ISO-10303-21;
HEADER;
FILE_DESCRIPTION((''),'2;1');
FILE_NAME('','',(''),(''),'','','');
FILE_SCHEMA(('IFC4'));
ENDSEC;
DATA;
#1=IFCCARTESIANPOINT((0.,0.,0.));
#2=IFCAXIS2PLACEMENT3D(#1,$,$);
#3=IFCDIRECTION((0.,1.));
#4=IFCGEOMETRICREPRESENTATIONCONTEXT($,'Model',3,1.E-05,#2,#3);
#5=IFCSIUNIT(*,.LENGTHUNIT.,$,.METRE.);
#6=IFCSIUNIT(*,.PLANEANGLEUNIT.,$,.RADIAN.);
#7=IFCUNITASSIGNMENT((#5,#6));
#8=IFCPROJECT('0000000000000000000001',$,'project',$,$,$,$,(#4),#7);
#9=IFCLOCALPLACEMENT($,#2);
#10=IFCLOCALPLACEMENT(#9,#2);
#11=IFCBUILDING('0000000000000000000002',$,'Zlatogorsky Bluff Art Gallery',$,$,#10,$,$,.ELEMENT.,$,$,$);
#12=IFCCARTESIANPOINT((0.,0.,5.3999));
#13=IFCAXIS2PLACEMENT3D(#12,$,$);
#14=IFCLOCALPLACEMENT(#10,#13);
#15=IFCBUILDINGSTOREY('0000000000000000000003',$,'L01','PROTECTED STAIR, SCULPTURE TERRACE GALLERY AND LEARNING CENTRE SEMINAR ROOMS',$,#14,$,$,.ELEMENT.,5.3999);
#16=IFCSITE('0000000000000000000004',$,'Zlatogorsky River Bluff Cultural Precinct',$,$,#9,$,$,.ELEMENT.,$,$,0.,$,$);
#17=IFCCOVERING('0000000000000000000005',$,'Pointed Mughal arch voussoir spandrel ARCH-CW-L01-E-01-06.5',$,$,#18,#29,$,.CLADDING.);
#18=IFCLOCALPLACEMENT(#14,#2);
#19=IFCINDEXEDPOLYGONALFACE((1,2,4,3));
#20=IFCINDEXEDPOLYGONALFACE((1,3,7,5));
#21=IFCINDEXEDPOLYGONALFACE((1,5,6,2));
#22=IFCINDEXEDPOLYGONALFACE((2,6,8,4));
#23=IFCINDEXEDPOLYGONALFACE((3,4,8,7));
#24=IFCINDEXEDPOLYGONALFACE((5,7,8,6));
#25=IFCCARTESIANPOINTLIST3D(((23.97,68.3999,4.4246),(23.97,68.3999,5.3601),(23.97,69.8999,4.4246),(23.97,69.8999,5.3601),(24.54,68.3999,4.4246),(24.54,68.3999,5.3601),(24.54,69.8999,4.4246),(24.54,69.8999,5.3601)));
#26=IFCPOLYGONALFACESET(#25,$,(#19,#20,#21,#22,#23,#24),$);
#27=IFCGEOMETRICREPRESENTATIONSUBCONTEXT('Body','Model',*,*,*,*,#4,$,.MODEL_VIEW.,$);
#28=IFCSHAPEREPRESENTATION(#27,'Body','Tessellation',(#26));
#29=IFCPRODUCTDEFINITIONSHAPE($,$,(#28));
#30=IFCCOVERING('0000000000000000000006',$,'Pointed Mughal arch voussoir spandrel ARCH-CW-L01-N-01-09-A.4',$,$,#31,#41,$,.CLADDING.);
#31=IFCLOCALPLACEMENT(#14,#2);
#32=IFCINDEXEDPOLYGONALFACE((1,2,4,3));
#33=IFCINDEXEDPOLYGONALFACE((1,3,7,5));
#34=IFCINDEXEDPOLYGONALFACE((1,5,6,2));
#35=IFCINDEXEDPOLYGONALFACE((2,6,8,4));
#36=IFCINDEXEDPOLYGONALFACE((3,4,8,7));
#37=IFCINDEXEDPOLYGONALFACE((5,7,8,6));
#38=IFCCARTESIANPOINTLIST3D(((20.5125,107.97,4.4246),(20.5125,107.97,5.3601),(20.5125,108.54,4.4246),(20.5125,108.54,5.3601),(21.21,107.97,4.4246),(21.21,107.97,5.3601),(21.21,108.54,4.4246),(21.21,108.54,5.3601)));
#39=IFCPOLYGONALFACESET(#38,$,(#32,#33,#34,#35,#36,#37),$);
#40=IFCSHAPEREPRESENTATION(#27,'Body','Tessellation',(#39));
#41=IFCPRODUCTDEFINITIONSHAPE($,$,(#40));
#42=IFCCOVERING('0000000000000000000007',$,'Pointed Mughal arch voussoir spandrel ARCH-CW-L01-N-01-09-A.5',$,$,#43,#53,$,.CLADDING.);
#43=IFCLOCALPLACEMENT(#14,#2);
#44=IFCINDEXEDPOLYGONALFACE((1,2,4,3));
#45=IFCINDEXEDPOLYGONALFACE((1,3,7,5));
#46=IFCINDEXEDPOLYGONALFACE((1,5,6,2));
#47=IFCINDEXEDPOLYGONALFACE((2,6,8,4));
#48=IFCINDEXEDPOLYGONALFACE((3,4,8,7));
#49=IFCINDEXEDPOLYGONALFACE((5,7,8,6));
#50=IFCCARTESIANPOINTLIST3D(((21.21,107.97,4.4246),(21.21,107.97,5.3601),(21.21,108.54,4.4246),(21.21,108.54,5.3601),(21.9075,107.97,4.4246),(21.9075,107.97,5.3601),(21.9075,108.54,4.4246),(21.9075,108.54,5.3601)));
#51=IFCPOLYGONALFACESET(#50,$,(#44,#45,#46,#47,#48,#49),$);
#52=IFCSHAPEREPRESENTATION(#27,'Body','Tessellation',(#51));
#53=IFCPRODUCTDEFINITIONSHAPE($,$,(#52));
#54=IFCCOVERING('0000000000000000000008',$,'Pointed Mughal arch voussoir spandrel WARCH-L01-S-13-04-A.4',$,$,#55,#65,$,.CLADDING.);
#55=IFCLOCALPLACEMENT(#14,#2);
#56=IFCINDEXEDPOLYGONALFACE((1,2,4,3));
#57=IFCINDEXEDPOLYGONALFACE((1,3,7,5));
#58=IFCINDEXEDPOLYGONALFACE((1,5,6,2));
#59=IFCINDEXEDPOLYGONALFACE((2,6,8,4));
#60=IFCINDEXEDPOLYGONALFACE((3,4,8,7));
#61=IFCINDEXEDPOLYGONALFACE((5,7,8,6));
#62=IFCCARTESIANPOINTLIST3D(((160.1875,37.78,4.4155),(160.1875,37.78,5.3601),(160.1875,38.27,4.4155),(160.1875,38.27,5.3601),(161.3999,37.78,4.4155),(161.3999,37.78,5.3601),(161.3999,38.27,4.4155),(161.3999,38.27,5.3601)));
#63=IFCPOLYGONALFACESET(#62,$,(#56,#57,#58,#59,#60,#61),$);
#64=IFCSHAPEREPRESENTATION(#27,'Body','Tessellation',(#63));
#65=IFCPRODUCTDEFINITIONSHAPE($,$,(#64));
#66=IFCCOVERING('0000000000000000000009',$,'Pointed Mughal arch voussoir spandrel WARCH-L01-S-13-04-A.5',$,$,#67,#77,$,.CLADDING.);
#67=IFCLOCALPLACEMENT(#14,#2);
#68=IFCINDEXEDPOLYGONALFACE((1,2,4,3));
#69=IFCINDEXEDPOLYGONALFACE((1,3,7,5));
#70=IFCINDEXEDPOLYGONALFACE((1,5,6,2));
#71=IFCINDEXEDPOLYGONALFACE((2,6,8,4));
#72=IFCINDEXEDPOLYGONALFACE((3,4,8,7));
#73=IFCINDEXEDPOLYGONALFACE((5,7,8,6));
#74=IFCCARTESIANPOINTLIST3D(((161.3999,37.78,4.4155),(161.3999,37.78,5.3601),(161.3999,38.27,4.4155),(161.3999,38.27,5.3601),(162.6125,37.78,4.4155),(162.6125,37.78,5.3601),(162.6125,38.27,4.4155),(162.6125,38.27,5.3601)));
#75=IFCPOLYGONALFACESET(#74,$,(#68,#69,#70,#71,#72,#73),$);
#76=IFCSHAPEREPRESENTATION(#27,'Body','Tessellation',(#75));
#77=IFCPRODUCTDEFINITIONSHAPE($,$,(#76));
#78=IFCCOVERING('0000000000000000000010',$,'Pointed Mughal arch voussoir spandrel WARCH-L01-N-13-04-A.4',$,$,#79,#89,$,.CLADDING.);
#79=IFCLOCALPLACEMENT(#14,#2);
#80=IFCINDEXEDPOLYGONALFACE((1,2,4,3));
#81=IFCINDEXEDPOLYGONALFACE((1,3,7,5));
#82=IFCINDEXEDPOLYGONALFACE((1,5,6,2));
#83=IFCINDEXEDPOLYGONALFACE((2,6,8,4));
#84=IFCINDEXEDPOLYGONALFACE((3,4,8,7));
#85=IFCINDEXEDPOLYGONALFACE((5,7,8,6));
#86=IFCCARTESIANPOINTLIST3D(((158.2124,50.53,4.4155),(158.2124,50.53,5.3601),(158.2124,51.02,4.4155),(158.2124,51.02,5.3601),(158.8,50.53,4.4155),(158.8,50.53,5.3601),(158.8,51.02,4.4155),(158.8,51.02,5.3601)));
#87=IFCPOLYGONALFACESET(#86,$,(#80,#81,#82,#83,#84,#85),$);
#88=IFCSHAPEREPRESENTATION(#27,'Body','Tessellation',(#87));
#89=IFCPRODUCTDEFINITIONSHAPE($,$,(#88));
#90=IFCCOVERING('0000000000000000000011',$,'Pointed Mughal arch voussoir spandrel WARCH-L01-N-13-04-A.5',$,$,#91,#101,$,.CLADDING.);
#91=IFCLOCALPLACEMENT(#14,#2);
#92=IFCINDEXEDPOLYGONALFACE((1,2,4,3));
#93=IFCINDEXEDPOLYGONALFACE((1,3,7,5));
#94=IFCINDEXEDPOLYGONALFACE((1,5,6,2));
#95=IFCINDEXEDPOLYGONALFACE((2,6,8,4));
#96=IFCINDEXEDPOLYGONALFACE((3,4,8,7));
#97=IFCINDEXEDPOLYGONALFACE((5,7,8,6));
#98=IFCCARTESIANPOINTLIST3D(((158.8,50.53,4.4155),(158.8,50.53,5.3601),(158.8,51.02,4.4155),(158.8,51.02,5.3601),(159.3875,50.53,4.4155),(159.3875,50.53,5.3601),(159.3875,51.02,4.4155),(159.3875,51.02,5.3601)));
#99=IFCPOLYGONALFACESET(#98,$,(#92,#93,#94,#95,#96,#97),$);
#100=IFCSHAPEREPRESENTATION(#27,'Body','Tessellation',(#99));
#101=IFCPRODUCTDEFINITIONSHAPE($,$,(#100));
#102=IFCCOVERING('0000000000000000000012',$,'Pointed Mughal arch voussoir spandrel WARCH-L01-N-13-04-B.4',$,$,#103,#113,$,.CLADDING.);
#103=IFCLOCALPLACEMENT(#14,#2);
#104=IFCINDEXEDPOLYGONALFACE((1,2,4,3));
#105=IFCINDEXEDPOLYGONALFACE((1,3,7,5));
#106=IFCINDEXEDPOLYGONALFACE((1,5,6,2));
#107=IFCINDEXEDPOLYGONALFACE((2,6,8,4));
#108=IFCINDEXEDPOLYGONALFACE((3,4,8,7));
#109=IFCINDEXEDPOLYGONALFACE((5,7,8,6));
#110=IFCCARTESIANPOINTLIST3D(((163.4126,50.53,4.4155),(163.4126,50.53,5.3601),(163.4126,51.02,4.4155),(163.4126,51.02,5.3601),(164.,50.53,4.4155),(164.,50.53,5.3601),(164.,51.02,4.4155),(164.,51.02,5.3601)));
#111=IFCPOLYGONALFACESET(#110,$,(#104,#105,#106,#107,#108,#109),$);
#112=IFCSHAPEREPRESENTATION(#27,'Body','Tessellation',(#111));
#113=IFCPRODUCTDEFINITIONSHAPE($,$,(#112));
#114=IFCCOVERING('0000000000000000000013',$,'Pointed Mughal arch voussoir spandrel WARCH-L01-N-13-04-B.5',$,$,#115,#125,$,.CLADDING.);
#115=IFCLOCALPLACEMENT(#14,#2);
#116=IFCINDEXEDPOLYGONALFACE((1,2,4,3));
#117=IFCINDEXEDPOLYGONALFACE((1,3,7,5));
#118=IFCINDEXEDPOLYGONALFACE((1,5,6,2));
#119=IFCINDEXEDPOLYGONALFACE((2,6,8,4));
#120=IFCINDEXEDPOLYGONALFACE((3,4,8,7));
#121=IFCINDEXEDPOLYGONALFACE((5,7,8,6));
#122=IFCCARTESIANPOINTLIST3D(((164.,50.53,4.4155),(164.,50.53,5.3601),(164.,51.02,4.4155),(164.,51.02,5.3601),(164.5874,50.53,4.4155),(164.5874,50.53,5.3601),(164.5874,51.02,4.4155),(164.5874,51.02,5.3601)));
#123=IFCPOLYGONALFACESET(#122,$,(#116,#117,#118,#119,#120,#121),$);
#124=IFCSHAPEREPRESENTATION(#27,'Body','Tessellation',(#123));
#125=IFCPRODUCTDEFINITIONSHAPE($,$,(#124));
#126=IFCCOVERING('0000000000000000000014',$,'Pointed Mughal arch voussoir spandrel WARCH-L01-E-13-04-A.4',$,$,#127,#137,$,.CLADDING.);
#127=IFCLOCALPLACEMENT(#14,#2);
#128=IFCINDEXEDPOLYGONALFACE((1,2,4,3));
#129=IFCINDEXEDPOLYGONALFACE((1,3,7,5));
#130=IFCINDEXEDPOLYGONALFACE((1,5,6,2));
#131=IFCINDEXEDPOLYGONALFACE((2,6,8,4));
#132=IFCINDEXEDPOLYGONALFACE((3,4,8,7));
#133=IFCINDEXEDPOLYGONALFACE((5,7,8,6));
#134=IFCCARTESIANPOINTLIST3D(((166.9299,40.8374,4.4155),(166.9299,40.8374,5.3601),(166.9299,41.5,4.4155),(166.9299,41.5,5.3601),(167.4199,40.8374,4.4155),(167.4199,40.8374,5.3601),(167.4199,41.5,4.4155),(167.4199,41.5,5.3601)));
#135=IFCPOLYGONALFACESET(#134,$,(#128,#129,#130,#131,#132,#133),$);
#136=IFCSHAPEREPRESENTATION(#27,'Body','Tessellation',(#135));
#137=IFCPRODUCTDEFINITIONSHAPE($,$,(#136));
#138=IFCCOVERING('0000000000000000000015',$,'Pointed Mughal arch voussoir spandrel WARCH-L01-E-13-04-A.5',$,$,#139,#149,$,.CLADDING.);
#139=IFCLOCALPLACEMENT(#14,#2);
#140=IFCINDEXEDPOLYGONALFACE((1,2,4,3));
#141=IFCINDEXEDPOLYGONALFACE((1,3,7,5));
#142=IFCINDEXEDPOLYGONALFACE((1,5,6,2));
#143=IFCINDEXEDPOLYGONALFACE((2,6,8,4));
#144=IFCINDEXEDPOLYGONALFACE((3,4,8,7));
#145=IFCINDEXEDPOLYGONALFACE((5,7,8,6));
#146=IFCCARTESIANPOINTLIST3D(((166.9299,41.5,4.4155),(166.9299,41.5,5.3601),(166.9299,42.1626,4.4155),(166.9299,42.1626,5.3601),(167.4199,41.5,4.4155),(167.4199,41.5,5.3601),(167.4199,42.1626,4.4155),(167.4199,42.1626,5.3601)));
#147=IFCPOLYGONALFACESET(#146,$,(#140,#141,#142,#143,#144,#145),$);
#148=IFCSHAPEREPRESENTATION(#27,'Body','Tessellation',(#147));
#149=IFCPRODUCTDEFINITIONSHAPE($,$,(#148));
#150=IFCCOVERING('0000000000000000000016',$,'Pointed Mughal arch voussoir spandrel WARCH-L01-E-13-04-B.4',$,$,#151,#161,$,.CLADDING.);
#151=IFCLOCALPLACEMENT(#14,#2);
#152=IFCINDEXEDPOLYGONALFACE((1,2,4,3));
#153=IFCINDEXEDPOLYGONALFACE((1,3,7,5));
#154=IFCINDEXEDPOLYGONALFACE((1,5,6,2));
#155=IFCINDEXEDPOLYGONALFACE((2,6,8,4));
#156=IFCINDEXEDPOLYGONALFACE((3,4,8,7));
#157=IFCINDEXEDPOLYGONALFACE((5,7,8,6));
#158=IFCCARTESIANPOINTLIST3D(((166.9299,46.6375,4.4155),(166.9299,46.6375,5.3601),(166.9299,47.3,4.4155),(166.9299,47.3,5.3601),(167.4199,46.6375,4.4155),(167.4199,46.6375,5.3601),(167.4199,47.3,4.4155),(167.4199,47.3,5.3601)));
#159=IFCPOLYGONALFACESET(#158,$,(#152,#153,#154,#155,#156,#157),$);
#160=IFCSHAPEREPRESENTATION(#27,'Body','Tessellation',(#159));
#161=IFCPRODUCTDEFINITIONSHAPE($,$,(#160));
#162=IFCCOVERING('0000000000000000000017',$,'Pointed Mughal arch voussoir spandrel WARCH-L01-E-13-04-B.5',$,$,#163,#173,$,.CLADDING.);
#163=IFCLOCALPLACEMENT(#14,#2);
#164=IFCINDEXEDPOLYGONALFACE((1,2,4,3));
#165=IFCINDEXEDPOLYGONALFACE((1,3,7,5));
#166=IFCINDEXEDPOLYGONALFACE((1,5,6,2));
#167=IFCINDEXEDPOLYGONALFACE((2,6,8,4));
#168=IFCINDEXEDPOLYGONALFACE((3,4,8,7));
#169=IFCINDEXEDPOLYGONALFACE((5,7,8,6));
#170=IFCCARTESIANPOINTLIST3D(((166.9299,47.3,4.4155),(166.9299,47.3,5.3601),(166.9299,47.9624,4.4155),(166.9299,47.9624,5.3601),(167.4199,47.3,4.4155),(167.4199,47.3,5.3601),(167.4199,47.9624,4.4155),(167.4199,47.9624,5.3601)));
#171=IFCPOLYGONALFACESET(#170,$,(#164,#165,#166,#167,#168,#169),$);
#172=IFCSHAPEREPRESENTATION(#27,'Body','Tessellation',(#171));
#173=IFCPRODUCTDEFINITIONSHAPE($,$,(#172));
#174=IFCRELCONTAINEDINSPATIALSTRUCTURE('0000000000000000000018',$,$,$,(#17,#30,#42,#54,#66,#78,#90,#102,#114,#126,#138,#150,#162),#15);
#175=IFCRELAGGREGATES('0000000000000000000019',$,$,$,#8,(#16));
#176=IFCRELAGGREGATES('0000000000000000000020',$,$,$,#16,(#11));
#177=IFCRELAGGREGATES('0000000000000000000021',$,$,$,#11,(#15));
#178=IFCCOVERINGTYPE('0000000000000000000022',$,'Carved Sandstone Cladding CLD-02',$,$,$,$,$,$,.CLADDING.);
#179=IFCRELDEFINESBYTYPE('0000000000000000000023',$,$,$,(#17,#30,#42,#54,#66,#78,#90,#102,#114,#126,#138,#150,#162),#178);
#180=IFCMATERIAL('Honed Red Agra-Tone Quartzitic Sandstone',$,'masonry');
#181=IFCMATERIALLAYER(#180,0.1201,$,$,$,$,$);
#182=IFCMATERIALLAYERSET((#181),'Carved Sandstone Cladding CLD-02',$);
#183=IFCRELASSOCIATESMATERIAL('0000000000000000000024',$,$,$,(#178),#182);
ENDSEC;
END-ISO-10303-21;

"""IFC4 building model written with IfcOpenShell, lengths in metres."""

from ifc_helpers import new_model, si_unit, direction, frame, origin, place, context, subcontext, project, spatial, polyline, outline, extrude, material, layer, layer_set, type_object, element, save


model = new_model("IFC4")

# Units and contexts
model_context = context("Model", 3, precision=1e-05, world=origin(), true_north=direction((0.0, 1.0)))
body_context = subcontext(model_context, "Body", "Model", "MODEL_VIEW")
ifc_project = project(units=[si_unit("LENGTHUNIT", "METRE"), si_unit("PLANEANGLEUNIT", "RADIAN")], contexts=[model_context])

# Site, building, storey
site_placement = place(None, origin())
site = spatial("IfcSite", under=ifc_project, at=site_placement, Name="Zlatogorsky River Bluff Cultural Precinct", CompositionType="ELEMENT", RefElevation=0.0)
building_placement = place(site_placement, origin())
building = spatial("IfcBuilding", under=site, at=building_placement, Name="Zlatogorsky Bluff Art Gallery", CompositionType="ELEMENT")
storey_placement = place(building_placement, frame((0.0, 0.0, 5.3999)))
storey = spatial("IfcBuildingStorey", under=building, at=storey_placement, Name="L01", Description="PROTECTED STAIR, SCULPTURE TERRACE GALLERY AND LEARNING CENTRE SEMINAR ROOMS", CompositionType="ELEMENT", Elevation=5.3999)

# Coverings
ifc_material = material(Name="Honed Red Agra-Tone Quartzitic Sandstone", Category="masonry")
ifc_layer = layer(ifc_material, 0.1201)
ifc_layer_set = layer_set([ifc_layer], Name="Carved Sandstone Cladding CLD-02")
covering_type = type_object("IfcCoveringType", Name="Carved Sandstone Cladding CLD-02", PredefinedType="CLADDING", material=ifc_layer_set)
covering_1_placement = place(storey_placement, frame((0.0, 0.0, 4.4246)))
element("IfcCovering", 1, at=covering_1_placement, inside=storey, type_object=covering_type, Name="Pointed Mughal arch voussoir spandrel ARCH-CW-L01-E-01-06.5", PredefinedType="CLADDING", context=body_context, shape_type="SweptSolid", body=[
    extrude(outline(polyline([(23.97, 68.3999), (23.97, 69.8999), (24.54, 69.8999), (24.54, 68.3999), (23.97, 68.3999)])), origin(), (0.0, 0.0, 1.0), 0.9355),
])
covering_2_placement = place(storey_placement, frame((0.0, 0.0, 4.4246)))
element("IfcCovering", 2, at=covering_2_placement, inside=storey, type_object=covering_type, Name="Pointed Mughal arch voussoir spandrel ARCH-CW-L01-N-01-09-A.4", PredefinedType="CLADDING", context=body_context, shape_type="SweptSolid", body=[
    extrude(outline(polyline([(20.5125, 107.97), (21.21, 107.97), (21.21, 108.54), (20.5125, 108.54), (20.5125, 107.97)])), origin(), (0.0, 0.0, 1.0), 0.9355),
])
covering_3_placement = place(storey_placement, frame((0.0, 0.0, 4.4246)))
element("IfcCovering", 3, at=covering_3_placement, inside=storey, type_object=covering_type, Name="Pointed Mughal arch voussoir spandrel ARCH-CW-L01-N-01-09-A.5", PredefinedType="CLADDING", context=body_context, shape_type="SweptSolid", body=[
    extrude(outline(polyline([(21.21, 107.97), (21.9075, 107.97), (21.9075, 108.54), (21.21, 108.54), (21.21, 107.97)])), origin(), (0.0, 0.0, 1.0), 0.9355),
])
covering_4_placement = place(storey_placement, frame((0.0, 0.0, 4.4155)))
element("IfcCovering", 4, at=covering_4_placement, inside=storey, type_object=covering_type, Name="Pointed Mughal arch voussoir spandrel WARCH-L01-S-13-04-A.4", PredefinedType="CLADDING", context=body_context, shape_type="SweptSolid", body=[
    extrude(outline(polyline([(160.1875, 37.78), (161.3999, 37.78), (161.3999, 38.27), (160.1875, 38.27), (160.1875, 37.78)])), origin(), (0.0, 0.0, 1.0), 0.9446),
])
covering_5_placement = place(storey_placement, frame((0.0, 0.0, 4.4155)))
element("IfcCovering", 5, at=covering_5_placement, inside=storey, type_object=covering_type, Name="Pointed Mughal arch voussoir spandrel WARCH-L01-S-13-04-A.5", PredefinedType="CLADDING", context=body_context, shape_type="SweptSolid", body=[
    extrude(outline(polyline([(161.3999, 37.78), (162.6125, 37.78), (162.6125, 38.27), (161.3999, 38.27), (161.3999, 37.78)])), origin(), (0.0, 0.0, 1.0), 0.9446),
])
covering_6_placement = place(storey_placement, frame((0.0, 0.0, 4.4155)))
element("IfcCovering", 6, at=covering_6_placement, inside=storey, type_object=covering_type, Name="Pointed Mughal arch voussoir spandrel WARCH-L01-N-13-04-A.4", PredefinedType="CLADDING", context=body_context, shape_type="SweptSolid", body=[
    extrude(outline(polyline([(158.2124, 50.53), (158.8, 50.53), (158.8, 51.02), (158.2124, 51.02), (158.2124, 50.53)])), origin(), (0.0, 0.0, 1.0), 0.9446),
])
covering_7_placement = place(storey_placement, frame((0.0, 0.0, 4.4155)))
element("IfcCovering", 7, at=covering_7_placement, inside=storey, type_object=covering_type, Name="Pointed Mughal arch voussoir spandrel WARCH-L01-N-13-04-A.5", PredefinedType="CLADDING", context=body_context, shape_type="SweptSolid", body=[
    extrude(outline(polyline([(158.8, 50.53), (159.3875, 50.53), (159.3875, 51.02), (158.8, 51.02), (158.8, 50.53)])), origin(), (0.0, 0.0, 1.0), 0.9446),
])
covering_8_placement = place(storey_placement, frame((0.0, 0.0, 4.4155)))
element("IfcCovering", 8, at=covering_8_placement, inside=storey, type_object=covering_type, Name="Pointed Mughal arch voussoir spandrel WARCH-L01-N-13-04-B.4", PredefinedType="CLADDING", context=body_context, shape_type="SweptSolid", body=[
    extrude(outline(polyline([(163.4126, 50.53), (164.0, 50.53), (164.0, 51.02), (163.4126, 51.02), (163.4126, 50.53)])), origin(), (0.0, 0.0, 1.0), 0.9446),
])
covering_9_placement = place(storey_placement, frame((0.0, 0.0, 4.4155)))
element("IfcCovering", 9, at=covering_9_placement, inside=storey, type_object=covering_type, Name="Pointed Mughal arch voussoir spandrel WARCH-L01-N-13-04-B.5", PredefinedType="CLADDING", context=body_context, shape_type="SweptSolid", body=[
    extrude(outline(polyline([(164.0, 50.53), (164.5874, 50.53), (164.5874, 51.02), (164.0, 51.02), (164.0, 50.53)])), origin(), (0.0, 0.0, 1.0), 0.9446),
])
covering_10_placement = place(storey_placement, frame((0.0, 0.0, 4.4155)))
element("IfcCovering", 10, at=covering_10_placement, inside=storey, type_object=covering_type, Name="Pointed Mughal arch voussoir spandrel WARCH-L01-E-13-04-A.4", PredefinedType="CLADDING", context=body_context, shape_type="SweptSolid", body=[
    extrude(outline(polyline([(166.9299, 40.8374), (166.9299, 41.5), (167.4199, 41.5), (167.4199, 40.8374), (166.9299, 40.8374)])), origin(), (0.0, 0.0, 1.0), 0.9446),
])
covering_11_placement = place(storey_placement, frame((0.0, 0.0, 4.4155)))
element("IfcCovering", 11, at=covering_11_placement, inside=storey, type_object=covering_type, Name="Pointed Mughal arch voussoir spandrel WARCH-L01-E-13-04-A.5", PredefinedType="CLADDING", context=body_context, shape_type="SweptSolid", body=[
    extrude(outline(polyline([(166.9299, 41.5), (166.9299, 42.1626), (167.4199, 42.1626), (167.4199, 41.5), (166.9299, 41.5)])), origin(), (0.0, 0.0, 1.0), 0.9446),
])
covering_12_placement = place(storey_placement, frame((0.0, 0.0, 4.4155)))
element("IfcCovering", 12, at=covering_12_placement, inside=storey, type_object=covering_type, Name="Pointed Mughal arch voussoir spandrel WARCH-L01-E-13-04-B.4", PredefinedType="CLADDING", context=body_context, shape_type="SweptSolid", body=[
    extrude(outline(polyline([(166.9299, 46.6375), (166.9299, 47.3), (167.4199, 47.3), (167.4199, 46.6375), (166.9299, 46.6375)])), origin(), (0.0, 0.0, 1.0), 0.9446),
])
covering_13_placement = place(storey_placement, frame((0.0, 0.0, 4.4155)))
element("IfcCovering", 13, at=covering_13_placement, inside=storey, type_object=covering_type, Name="Pointed Mughal arch voussoir spandrel WARCH-L01-E-13-04-B.5", PredefinedType="CLADDING", context=body_context, shape_type="SweptSolid", body=[
    extrude(outline(polyline([(166.9299, 47.3), (166.9299, 47.9624), (167.4199, 47.9624), (167.4199, 47.3), (166.9299, 47.3)])), origin(), (0.0, 0.0, 1.0), 0.9446),
])

save(model, "model.ifc")
